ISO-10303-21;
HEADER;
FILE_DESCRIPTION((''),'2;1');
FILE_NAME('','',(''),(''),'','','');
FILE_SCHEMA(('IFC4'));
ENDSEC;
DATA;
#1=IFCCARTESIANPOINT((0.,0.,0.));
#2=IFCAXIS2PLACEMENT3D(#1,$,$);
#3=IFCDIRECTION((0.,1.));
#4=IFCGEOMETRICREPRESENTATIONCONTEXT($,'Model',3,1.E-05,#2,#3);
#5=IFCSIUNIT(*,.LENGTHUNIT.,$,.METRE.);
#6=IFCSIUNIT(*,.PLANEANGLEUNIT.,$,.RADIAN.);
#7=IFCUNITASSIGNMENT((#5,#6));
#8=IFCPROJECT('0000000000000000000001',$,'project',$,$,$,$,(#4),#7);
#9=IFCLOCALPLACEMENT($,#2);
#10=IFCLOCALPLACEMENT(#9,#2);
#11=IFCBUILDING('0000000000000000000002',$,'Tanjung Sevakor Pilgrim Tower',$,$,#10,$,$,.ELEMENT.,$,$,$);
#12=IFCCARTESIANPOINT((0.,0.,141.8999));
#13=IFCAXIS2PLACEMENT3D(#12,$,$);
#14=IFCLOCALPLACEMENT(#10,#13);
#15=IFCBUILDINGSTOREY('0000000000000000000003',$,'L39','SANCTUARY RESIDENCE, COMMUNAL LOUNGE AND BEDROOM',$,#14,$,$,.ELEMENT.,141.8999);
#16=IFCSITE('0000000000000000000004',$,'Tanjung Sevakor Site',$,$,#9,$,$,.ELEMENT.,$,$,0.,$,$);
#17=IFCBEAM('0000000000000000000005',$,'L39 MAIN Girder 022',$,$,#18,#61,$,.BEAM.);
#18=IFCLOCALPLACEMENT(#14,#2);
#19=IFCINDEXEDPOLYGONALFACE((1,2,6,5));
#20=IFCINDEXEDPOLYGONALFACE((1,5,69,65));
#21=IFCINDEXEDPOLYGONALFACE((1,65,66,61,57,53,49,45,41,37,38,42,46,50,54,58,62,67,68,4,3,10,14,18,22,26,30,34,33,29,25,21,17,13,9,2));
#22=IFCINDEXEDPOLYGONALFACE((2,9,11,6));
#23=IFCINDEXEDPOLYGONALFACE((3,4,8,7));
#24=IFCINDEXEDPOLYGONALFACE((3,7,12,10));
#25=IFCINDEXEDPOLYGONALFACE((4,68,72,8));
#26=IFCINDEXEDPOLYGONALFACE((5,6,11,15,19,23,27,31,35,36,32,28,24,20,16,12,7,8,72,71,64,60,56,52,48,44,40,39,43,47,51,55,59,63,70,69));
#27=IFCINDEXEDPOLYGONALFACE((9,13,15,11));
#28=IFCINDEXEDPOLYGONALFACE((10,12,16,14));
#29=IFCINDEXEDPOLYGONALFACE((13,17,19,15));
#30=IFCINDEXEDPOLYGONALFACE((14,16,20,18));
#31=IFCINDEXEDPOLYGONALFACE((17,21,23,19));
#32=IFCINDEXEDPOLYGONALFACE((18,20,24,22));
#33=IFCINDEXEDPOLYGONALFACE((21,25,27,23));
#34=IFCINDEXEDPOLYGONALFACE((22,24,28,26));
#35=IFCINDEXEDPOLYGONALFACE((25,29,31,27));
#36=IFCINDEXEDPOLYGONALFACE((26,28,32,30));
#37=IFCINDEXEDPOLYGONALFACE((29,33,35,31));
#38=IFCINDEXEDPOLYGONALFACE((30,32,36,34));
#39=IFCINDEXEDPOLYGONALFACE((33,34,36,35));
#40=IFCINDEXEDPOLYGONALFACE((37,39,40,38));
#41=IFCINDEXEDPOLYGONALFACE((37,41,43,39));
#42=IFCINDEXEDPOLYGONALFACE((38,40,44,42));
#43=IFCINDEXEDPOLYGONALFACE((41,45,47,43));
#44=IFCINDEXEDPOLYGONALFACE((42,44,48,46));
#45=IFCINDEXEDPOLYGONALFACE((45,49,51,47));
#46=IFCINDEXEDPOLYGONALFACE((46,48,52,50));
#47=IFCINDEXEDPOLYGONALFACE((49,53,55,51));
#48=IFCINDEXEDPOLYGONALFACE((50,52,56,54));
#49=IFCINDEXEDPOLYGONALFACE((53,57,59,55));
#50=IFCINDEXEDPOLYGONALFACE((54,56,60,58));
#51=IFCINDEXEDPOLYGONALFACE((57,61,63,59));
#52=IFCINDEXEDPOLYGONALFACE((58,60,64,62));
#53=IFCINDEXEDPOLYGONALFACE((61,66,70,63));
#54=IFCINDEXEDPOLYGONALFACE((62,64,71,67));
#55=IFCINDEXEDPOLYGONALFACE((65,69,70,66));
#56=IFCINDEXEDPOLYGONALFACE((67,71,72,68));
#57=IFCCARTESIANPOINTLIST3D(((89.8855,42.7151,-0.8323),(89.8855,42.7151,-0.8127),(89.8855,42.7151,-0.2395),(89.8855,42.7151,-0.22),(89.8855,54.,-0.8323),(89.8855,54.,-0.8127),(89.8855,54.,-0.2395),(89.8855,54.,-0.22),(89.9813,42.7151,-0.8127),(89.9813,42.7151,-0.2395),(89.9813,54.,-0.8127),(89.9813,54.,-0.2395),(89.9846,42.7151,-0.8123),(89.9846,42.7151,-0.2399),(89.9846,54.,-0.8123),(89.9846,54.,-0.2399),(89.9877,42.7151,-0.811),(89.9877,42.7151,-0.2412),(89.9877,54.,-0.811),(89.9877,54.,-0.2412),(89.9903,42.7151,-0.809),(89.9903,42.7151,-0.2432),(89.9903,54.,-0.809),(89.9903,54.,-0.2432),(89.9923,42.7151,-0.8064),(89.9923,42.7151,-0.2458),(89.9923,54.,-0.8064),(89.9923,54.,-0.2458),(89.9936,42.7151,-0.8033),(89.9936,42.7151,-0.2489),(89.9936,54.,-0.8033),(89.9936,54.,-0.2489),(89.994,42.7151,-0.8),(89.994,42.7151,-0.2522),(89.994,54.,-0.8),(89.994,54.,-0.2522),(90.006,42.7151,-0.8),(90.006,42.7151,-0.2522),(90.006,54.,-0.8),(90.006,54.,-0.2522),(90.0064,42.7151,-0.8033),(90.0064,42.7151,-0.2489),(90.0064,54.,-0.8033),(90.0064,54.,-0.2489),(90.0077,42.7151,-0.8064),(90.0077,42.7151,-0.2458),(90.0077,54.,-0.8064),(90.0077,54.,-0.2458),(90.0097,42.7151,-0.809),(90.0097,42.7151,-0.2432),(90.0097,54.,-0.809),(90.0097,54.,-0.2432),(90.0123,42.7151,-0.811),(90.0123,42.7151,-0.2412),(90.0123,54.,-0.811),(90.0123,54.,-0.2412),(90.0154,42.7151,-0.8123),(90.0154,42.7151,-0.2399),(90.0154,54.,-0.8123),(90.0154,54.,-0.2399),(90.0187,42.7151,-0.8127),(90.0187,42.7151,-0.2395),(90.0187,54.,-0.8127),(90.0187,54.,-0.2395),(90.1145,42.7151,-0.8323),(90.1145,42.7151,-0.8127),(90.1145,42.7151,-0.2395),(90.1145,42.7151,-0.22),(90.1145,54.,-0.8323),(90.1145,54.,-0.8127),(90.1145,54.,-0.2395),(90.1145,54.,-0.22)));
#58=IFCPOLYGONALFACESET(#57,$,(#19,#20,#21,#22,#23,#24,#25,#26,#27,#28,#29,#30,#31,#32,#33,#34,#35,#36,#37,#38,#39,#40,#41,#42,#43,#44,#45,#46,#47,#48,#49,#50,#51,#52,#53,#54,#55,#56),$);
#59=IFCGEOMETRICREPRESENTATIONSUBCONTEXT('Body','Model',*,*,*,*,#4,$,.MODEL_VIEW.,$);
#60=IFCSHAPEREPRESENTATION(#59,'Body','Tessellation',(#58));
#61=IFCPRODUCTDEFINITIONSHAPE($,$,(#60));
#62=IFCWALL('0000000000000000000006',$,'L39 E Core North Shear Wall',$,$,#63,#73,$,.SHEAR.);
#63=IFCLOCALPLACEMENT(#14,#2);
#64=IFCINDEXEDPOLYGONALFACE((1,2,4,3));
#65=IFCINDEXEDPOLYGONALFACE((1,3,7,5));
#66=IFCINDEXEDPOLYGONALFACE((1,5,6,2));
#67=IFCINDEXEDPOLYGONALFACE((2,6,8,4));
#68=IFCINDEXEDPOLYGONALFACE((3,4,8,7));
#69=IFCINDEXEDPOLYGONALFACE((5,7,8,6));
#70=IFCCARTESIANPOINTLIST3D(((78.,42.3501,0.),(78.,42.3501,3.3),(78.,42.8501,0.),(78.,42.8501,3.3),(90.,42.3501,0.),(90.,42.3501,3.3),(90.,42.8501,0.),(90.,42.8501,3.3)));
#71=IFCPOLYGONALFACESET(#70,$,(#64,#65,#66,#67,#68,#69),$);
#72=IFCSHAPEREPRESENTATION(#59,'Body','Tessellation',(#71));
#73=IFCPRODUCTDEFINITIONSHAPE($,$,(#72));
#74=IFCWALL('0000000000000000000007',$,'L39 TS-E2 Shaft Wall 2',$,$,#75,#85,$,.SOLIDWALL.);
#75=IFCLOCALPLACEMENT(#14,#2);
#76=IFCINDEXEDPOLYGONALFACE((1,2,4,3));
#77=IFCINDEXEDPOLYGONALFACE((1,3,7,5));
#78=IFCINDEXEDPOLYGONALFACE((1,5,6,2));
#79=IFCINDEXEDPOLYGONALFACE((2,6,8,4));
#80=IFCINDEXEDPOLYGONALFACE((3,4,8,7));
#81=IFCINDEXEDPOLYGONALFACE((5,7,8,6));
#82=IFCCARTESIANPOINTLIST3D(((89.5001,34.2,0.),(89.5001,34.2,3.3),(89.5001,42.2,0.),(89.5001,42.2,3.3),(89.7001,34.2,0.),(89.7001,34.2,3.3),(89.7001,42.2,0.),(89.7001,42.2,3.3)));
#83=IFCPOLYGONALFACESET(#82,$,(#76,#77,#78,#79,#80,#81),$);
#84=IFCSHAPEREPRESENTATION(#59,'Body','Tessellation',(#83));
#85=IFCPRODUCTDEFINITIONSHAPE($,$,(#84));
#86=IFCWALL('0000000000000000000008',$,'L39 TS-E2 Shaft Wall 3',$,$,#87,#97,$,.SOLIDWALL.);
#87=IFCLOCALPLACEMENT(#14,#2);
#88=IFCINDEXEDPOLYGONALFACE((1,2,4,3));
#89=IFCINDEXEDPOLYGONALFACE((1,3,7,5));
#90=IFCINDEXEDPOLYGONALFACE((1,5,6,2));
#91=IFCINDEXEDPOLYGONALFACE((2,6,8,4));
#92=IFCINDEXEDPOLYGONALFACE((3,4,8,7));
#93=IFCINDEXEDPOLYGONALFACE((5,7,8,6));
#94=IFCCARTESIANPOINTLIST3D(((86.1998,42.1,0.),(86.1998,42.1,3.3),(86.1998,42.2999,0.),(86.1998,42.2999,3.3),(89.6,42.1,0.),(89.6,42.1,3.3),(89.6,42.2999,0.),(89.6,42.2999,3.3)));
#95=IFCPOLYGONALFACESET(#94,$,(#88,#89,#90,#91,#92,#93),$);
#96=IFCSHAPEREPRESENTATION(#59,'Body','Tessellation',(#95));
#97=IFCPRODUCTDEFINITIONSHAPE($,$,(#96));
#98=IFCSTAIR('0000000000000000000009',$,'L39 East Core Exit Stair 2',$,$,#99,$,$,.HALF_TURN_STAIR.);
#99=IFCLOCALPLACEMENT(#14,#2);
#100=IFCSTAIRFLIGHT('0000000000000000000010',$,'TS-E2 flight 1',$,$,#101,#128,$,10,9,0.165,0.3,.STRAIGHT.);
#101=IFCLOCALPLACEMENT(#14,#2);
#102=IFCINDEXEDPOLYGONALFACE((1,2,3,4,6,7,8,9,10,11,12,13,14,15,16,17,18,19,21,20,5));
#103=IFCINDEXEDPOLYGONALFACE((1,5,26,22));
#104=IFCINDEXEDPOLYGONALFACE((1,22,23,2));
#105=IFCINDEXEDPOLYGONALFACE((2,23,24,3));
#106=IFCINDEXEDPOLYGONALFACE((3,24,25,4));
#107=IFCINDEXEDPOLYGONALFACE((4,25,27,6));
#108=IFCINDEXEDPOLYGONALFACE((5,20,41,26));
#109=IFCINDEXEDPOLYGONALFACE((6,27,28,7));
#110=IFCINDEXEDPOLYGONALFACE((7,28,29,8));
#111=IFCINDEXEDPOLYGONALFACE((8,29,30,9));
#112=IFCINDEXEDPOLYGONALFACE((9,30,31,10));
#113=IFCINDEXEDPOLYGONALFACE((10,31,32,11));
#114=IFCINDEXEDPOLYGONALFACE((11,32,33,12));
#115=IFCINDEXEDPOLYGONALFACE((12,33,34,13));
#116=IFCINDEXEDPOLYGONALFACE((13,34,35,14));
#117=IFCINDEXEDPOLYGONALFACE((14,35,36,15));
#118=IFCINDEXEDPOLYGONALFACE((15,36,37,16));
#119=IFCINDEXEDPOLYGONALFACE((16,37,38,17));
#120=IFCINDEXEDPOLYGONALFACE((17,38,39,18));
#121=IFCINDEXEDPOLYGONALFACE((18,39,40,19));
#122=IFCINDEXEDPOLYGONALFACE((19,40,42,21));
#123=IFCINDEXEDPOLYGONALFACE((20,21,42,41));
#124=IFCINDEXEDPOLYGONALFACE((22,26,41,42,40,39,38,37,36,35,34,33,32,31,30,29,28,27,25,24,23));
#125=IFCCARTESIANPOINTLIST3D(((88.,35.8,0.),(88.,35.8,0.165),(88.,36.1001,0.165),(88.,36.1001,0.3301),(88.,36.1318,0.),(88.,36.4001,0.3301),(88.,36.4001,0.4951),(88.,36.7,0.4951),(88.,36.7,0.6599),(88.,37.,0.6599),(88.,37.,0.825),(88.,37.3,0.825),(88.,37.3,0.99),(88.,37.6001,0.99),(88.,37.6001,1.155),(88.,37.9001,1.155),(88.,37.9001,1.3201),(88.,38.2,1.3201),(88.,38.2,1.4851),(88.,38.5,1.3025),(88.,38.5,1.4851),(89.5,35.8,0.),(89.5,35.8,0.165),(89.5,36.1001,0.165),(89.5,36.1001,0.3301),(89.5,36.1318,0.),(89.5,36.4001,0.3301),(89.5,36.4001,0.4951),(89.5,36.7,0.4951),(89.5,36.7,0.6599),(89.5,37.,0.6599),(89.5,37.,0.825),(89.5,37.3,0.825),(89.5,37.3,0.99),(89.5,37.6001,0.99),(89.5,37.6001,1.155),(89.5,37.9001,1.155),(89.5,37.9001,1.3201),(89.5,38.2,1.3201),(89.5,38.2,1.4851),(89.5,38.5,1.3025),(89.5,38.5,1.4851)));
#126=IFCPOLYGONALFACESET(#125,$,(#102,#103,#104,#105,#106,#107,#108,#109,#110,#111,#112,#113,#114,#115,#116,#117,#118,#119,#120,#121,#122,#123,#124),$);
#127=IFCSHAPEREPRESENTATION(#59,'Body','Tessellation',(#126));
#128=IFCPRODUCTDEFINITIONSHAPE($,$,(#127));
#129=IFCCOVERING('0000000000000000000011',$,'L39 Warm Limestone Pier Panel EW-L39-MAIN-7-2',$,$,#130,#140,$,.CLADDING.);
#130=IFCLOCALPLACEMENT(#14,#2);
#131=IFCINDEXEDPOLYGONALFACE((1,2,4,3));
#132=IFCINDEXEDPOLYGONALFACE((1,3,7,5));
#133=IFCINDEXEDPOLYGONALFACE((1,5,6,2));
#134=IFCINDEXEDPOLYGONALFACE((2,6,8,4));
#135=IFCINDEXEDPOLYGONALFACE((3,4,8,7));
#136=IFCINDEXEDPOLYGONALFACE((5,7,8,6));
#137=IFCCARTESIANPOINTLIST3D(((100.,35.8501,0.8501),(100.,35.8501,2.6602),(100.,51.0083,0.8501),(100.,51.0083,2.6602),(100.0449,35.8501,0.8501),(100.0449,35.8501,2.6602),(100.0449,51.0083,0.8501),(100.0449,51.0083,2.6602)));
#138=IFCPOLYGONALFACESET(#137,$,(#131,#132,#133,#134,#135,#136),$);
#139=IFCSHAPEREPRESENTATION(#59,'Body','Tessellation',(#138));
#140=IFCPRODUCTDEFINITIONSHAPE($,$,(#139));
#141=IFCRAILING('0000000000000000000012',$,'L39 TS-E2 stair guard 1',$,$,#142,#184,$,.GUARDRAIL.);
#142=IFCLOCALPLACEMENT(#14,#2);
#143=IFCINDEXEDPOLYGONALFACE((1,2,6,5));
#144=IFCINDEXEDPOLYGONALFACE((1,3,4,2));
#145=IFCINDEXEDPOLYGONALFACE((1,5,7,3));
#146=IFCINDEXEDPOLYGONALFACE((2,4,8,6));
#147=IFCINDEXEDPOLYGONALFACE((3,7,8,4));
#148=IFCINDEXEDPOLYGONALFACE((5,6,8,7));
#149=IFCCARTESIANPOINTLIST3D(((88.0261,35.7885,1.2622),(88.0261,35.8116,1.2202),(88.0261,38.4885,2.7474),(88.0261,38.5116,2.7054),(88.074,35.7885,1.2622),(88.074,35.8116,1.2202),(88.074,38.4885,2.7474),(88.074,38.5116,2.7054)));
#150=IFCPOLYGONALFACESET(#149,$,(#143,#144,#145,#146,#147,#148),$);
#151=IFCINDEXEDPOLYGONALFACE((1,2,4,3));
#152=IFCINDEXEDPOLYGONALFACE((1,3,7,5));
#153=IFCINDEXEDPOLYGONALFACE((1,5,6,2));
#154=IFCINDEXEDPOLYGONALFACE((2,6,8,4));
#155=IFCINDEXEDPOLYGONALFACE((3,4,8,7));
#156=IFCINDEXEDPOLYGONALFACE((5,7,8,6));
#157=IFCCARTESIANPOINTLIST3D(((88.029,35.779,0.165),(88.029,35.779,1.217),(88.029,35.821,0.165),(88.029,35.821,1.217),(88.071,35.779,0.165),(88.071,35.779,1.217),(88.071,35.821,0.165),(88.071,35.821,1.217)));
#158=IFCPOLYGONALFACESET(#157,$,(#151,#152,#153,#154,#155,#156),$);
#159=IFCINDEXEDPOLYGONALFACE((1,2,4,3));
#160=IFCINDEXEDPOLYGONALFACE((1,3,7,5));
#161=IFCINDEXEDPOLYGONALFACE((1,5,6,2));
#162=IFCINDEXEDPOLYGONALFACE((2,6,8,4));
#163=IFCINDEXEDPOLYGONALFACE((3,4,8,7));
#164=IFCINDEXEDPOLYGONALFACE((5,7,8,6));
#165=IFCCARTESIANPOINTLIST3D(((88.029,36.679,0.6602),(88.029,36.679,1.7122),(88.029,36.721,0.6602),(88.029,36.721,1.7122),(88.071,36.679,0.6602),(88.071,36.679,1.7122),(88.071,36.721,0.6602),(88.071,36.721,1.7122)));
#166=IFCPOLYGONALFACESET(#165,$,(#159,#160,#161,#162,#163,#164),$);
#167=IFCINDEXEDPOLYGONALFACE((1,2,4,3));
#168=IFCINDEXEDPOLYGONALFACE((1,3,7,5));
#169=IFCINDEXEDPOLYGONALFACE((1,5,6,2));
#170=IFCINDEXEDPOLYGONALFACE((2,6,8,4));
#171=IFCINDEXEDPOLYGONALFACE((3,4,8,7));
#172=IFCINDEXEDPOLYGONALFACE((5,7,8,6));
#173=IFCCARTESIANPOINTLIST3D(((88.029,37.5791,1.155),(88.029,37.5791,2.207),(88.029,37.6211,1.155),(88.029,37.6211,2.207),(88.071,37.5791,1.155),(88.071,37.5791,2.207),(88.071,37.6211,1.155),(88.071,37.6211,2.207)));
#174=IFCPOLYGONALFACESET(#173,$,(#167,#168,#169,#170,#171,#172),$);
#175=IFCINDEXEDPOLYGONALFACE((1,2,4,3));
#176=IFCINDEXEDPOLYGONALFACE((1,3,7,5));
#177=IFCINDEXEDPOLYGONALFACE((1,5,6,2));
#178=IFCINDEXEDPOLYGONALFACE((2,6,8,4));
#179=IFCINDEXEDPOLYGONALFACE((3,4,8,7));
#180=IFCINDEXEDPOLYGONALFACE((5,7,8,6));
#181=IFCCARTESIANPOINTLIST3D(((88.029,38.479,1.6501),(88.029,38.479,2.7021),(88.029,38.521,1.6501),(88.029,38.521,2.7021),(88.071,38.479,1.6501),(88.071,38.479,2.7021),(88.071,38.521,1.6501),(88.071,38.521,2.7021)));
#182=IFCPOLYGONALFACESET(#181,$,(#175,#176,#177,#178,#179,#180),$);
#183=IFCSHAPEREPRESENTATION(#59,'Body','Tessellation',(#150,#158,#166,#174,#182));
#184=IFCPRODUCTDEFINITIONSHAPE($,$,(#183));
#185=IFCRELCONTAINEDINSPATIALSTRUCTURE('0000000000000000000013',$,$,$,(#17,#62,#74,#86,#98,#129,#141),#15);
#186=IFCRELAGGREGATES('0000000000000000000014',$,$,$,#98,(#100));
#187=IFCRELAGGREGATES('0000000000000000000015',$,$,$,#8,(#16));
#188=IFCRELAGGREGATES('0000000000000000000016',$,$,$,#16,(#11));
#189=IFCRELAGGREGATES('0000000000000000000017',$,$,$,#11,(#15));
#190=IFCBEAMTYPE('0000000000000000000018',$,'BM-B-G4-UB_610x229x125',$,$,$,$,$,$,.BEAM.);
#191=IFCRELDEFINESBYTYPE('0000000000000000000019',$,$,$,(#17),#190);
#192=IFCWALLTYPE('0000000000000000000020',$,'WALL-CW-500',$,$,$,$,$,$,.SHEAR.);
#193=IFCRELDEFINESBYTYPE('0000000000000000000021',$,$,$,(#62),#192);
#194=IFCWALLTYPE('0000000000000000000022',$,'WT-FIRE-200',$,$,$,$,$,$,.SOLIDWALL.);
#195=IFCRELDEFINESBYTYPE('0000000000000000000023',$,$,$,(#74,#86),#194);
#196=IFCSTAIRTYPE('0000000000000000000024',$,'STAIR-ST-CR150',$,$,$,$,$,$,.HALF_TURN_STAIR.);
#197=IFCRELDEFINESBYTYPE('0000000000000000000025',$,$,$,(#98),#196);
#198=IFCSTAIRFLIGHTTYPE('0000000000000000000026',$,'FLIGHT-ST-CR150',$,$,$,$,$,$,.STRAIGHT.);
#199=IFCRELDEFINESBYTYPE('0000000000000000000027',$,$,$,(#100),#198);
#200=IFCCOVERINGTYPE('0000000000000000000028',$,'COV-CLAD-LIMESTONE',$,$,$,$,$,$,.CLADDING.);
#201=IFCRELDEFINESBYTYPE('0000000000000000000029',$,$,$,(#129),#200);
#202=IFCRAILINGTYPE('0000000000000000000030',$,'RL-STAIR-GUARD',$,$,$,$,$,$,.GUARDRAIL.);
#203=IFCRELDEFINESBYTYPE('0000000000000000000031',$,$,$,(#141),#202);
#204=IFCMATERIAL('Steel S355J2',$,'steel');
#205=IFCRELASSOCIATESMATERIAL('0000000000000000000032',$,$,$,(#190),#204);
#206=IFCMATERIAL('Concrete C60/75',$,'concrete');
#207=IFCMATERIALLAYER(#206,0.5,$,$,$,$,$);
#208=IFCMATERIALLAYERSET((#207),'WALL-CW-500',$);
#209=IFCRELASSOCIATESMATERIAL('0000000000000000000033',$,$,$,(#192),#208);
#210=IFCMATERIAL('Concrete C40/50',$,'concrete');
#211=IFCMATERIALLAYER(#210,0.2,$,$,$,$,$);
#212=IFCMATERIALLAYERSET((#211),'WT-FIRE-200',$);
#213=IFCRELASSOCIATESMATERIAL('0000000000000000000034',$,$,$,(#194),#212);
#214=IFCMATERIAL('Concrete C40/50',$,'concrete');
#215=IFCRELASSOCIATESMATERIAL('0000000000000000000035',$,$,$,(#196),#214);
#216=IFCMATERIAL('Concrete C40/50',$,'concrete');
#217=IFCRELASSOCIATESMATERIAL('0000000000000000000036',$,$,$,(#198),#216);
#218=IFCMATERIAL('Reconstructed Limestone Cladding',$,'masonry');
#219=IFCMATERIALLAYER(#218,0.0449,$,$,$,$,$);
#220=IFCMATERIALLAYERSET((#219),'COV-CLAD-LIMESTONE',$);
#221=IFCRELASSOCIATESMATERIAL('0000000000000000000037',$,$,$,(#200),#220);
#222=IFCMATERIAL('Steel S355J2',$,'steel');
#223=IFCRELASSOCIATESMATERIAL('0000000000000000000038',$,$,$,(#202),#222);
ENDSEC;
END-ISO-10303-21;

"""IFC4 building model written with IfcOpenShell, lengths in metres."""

from ifc_helpers import new_model, si_unit, direction, frame, frame_2d, origin, origin_2d, place, context, subcontext, project, spatial, polyline, rectangle, i_section, outline, extrude, material, layer, layer_set, material_profile, profile_set, type_object, element, aggregate, save


model = new_model("IFC4")

# Units and contexts
model_context = context("Model", 3, precision=1e-05, world=origin(), true_north=direction((0.0, 1.0)))
body_context = subcontext(model_context, "Body", "Model", "MODEL_VIEW")
ifc_project = project(units=[si_unit("LENGTHUNIT", "METRE"), si_unit("PLANEANGLEUNIT", "RADIAN")], contexts=[model_context])

# Site, building, storey
site_placement = place(None, origin())
site = spatial("IfcSite", under=ifc_project, at=site_placement, Name="Tanjung Sevakor Site", CompositionType="ELEMENT", RefElevation=0.0)
building_placement = place(site_placement, origin())
building = spatial("IfcBuilding", under=site, at=building_placement, Name="Tanjung Sevakor Pilgrim Tower", CompositionType="ELEMENT")
storey_placement = place(building_placement, frame((0.0, 0.0, 141.8999)))
storey = spatial("IfcBuildingStorey", under=building, at=storey_placement, Name="L39", Description="SANCTUARY RESIDENCE, COMMUNAL LOUNGE AND BEDROOM", CompositionType="ELEMENT", Elevation=141.8999)

# Beam
ifc_material_1 = material(Name="Steel S355J2", Category="steel")
ifc_material_profile = material_profile(ifc_material_1, i_section(OverallWidth=0.229, OverallDepth=0.6123, WebThickness=0.012, FlangeThickness=0.0195, FilletRadius=0.0127, at=origin_2d()))
ifc_profile_set = profile_set([ifc_material_profile], Name="Steel S355J2")
beam_type = type_object("IfcBeamType", Name="BM-B-G4-UB_610x229x125", PredefinedType="BEAM", material=ifc_profile_set)
beam_placement = place(storey_placement, frame((90.0, 42.7151, -0.5261), z_axis=(0.0, 1.0, 0.0), x_axis=(-1.0, 0.0, 0.0)))
element("IfcBeam", 1, at=beam_placement, inside=storey, type_object=beam_type, Name="L39 MAIN Girder 022", PredefinedType="BEAM", context=body_context, shape_type="SweptSolid", body=[
    extrude(i_section(OverallWidth=0.229, OverallDepth=0.6123, WebThickness=0.012, FlangeThickness=0.0195, FilletRadius=0.0127, at=origin_2d()), origin(), (0.0, 0.0, 1.0), 11.2849),
])

# Walls
ifc_material_2 = material(Name="Concrete C60/75", Category="concrete")
ifc_layer_1 = layer(ifc_material_2, 0.5)
ifc_layer_set_1 = layer_set([ifc_layer_1], Name="WALL-CW-500")
wall_type_1 = type_object("IfcWallType", Name="WALL-CW-500", PredefinedType="SHEAR", material=ifc_layer_set_1)
wall_1_placement = place(storey_placement, frame((90.0, 42.6001, 0.0), z_axis=(0.0, 0.0, 1.0), x_axis=(-1.0, 0.0, 0.0)))
element("IfcWall", 2, at=wall_1_placement, inside=storey, type_object=wall_type_1, Name="L39 E Core North Shear Wall", PredefinedType="SHEAR", context=body_context, shape_type="SweptSolid", body=[
    extrude(rectangle(XDim=12.0, YDim=0.5, at=frame_2d((6.0, 0.0))), origin(), (0.0, 0.0, 1.0), 3.3),
])
ifc_material_3 = material(Name="Concrete C40/50", Category="concrete")
ifc_layer_2 = layer(ifc_material_3, 0.2)
ifc_layer_set_2 = layer_set([ifc_layer_2], Name="WT-FIRE-200")
wall_type_2 = type_object("IfcWallType", Name="WT-FIRE-200", PredefinedType="SOLIDWALL", material=ifc_layer_set_2)
wall_2_placement = place(storey_placement, frame((89.6001, 34.2, 0.0), z_axis=(0.0, 0.0, 1.0), x_axis=(0.0, 1.0, 0.0)))
element("IfcWall", 3, at=wall_2_placement, inside=storey, type_object=wall_type_2, Name="L39 TS-E2 Shaft Wall 2", PredefinedType="SOLIDWALL", context=body_context, shape_type="SweptSolid", body=[
    extrude(rectangle(XDim=8.0, YDim=0.2, at=frame_2d((4.0, 0.0))), origin(), (0.0, 0.0, 1.0), 3.3),
])
wall_3_placement = place(storey_placement, frame((89.6001, 42.2, 0.0), z_axis=(0.0, 0.0, 1.0), x_axis=(-1.0, 0.0, 0.0)))
element("IfcWall", 4, at=wall_3_placement, inside=storey, type_object=wall_type_2, Name="L39 TS-E2 Shaft Wall 3", PredefinedType="SOLIDWALL", context=body_context, shape_type="SweptSolid", body=[
    extrude(rectangle(XDim=3.4001, YDim=0.2, at=frame_2d((1.7002, 0.0))), origin(), (0.0, 0.0, 1.0), 3.3),
])

# Stair, stair flight
ifc_material_4 = material(Name="Concrete C40/50", Category="concrete")
stair_type = type_object("IfcStairType", Name="STAIR-ST-CR150", PredefinedType="HALF_TURN_STAIR", material=ifc_material_4)
stair_placement = place(storey_placement, origin())
stair = element("IfcStair", 5, at=stair_placement, inside=storey, type_object=stair_type, Name="L39 East Core Exit Stair 2", PredefinedType="HALF_TURN_STAIR")
ifc_material_5 = material(Name="Concrete C40/50", Category="concrete")
stair_flight_type = type_object("IfcStairFlightType", Name="FLIGHT-ST-CR150", PredefinedType="STRAIGHT", material=ifc_material_5)
stair_flight_placement = place(storey_placement, frame((88.75, 35.8, 0.0), z_axis=(0.0, 0.0, 1.0), x_axis=(0.0, 1.0, 0.0)))
stair_flight = element("IfcStairFlight", 6, at=stair_flight_placement, type_object=stair_flight_type, Name="TS-E2 flight 1", NumberOfRisers=10, NumberOfTreads=9, PredefinedType="STRAIGHT", RiserHeight=0.165, TreadLength=0.3, context=body_context, shape_type="SweptSolid", body=[
    extrude(outline(polyline([(0.0, 0.0), (0.0, 0.165), (0.3, 0.165), (0.3, 0.3301), (0.6001, 0.3301), (0.6001, 0.4951), (0.8999, 0.4951), (0.8999, 0.6599), (1.2, 0.6599), (1.2, 0.825), (1.5, 0.825), (1.5, 0.99), (1.8, 0.99), (1.8, 1.155), (2.1001, 1.155), (2.1001, 1.3201), (2.3999, 1.3201), (2.3999, 1.4851), (2.7, 1.4851), (2.7, 1.6499), (2.7, 1.3025), (0.3318, 0.0), (0.0, 0.0)])), frame((0.0, 0.75, 0.0), z_axis=(0.0, -1.0, 0.0), x_axis=(1.0, 0.0, 0.0)), (0.0, 0.0, 1.0), 1.5),
])
aggregate(stair, [stair_flight])

# Covering
ifc_material_6 = material(Name="Reconstructed Limestone Cladding", Category="masonry")
ifc_layer_3 = layer(ifc_material_6, 0.0449)
ifc_layer_set_3 = layer_set([ifc_layer_3], Name="COV-CLAD-LIMESTONE")
covering_type = type_object("IfcCoveringType", Name="COV-CLAD-LIMESTONE", PredefinedType="CLADDING", material=ifc_layer_set_3)
covering_placement = place(storey_placement, frame((100.0225, 43.4292, 0.8501), z_axis=(0.0, 0.0, 1.0), x_axis=(0.0, 1.0, 0.0)))
element("IfcCovering", 7, at=covering_placement, inside=storey, type_object=covering_type, Name="L39 Warm Limestone Pier Panel EW-L39-MAIN-7-2", PredefinedType="CLADDING", context=body_context, shape_type="SweptSolid", body=[
    extrude(rectangle(XDim=15.1582, YDim=0.0449, at=origin_2d()), origin(), (0.0, 0.0, 1.0), 1.8101),
])

# Railing
ifc_material_7 = material(Name="Steel S355J2", Category="steel")
railing_type_1 = type_object("IfcRailingType", Name="RL-STAIR-GUARD", PredefinedType="GUARDRAIL", material=ifc_material_7)
railing_1_placement = place(storey_placement, frame((88.05, 35.8, 0.165)))
element("IfcRailing", 8, at=railing_1_placement, inside=storey, type_object=railing_type_1, Name="L39 TS-E2 stair guard 1", PredefinedType="GUARDRAIL", context=body_context, shape_type="SweptSolid", body=[
    extrude(rectangle(XDim=0.0479, YDim=0.0479), frame((0.0, 0.0, 1.0762), z_axis=(0.0, 0.876198, 0.481952), x_axis=(-1.0, 0.0, 0.0)), (0.0, 0.0, 1.0), 3.0815),
    extrude(rectangle(XDim=0.042, YDim=0.042), origin(), (0.0, 0.0, 1.0), 1.052),
    extrude(rectangle(XDim=0.042, YDim=0.042), frame((0.0, 0.8999, 0.4951)), (0.0, 0.0, 1.0), 1.052),
    extrude(rectangle(XDim=0.042, YDim=0.042), frame((0.0, 1.8, 0.99)), (0.0, 0.0, 1.0), 1.052),
    extrude(rectangle(XDim=0.042, YDim=0.042), frame((0.0, 2.7, 1.4851)), (0.0, 0.0, 1.0), 1.052),
])

save(model, "model.ifc")
